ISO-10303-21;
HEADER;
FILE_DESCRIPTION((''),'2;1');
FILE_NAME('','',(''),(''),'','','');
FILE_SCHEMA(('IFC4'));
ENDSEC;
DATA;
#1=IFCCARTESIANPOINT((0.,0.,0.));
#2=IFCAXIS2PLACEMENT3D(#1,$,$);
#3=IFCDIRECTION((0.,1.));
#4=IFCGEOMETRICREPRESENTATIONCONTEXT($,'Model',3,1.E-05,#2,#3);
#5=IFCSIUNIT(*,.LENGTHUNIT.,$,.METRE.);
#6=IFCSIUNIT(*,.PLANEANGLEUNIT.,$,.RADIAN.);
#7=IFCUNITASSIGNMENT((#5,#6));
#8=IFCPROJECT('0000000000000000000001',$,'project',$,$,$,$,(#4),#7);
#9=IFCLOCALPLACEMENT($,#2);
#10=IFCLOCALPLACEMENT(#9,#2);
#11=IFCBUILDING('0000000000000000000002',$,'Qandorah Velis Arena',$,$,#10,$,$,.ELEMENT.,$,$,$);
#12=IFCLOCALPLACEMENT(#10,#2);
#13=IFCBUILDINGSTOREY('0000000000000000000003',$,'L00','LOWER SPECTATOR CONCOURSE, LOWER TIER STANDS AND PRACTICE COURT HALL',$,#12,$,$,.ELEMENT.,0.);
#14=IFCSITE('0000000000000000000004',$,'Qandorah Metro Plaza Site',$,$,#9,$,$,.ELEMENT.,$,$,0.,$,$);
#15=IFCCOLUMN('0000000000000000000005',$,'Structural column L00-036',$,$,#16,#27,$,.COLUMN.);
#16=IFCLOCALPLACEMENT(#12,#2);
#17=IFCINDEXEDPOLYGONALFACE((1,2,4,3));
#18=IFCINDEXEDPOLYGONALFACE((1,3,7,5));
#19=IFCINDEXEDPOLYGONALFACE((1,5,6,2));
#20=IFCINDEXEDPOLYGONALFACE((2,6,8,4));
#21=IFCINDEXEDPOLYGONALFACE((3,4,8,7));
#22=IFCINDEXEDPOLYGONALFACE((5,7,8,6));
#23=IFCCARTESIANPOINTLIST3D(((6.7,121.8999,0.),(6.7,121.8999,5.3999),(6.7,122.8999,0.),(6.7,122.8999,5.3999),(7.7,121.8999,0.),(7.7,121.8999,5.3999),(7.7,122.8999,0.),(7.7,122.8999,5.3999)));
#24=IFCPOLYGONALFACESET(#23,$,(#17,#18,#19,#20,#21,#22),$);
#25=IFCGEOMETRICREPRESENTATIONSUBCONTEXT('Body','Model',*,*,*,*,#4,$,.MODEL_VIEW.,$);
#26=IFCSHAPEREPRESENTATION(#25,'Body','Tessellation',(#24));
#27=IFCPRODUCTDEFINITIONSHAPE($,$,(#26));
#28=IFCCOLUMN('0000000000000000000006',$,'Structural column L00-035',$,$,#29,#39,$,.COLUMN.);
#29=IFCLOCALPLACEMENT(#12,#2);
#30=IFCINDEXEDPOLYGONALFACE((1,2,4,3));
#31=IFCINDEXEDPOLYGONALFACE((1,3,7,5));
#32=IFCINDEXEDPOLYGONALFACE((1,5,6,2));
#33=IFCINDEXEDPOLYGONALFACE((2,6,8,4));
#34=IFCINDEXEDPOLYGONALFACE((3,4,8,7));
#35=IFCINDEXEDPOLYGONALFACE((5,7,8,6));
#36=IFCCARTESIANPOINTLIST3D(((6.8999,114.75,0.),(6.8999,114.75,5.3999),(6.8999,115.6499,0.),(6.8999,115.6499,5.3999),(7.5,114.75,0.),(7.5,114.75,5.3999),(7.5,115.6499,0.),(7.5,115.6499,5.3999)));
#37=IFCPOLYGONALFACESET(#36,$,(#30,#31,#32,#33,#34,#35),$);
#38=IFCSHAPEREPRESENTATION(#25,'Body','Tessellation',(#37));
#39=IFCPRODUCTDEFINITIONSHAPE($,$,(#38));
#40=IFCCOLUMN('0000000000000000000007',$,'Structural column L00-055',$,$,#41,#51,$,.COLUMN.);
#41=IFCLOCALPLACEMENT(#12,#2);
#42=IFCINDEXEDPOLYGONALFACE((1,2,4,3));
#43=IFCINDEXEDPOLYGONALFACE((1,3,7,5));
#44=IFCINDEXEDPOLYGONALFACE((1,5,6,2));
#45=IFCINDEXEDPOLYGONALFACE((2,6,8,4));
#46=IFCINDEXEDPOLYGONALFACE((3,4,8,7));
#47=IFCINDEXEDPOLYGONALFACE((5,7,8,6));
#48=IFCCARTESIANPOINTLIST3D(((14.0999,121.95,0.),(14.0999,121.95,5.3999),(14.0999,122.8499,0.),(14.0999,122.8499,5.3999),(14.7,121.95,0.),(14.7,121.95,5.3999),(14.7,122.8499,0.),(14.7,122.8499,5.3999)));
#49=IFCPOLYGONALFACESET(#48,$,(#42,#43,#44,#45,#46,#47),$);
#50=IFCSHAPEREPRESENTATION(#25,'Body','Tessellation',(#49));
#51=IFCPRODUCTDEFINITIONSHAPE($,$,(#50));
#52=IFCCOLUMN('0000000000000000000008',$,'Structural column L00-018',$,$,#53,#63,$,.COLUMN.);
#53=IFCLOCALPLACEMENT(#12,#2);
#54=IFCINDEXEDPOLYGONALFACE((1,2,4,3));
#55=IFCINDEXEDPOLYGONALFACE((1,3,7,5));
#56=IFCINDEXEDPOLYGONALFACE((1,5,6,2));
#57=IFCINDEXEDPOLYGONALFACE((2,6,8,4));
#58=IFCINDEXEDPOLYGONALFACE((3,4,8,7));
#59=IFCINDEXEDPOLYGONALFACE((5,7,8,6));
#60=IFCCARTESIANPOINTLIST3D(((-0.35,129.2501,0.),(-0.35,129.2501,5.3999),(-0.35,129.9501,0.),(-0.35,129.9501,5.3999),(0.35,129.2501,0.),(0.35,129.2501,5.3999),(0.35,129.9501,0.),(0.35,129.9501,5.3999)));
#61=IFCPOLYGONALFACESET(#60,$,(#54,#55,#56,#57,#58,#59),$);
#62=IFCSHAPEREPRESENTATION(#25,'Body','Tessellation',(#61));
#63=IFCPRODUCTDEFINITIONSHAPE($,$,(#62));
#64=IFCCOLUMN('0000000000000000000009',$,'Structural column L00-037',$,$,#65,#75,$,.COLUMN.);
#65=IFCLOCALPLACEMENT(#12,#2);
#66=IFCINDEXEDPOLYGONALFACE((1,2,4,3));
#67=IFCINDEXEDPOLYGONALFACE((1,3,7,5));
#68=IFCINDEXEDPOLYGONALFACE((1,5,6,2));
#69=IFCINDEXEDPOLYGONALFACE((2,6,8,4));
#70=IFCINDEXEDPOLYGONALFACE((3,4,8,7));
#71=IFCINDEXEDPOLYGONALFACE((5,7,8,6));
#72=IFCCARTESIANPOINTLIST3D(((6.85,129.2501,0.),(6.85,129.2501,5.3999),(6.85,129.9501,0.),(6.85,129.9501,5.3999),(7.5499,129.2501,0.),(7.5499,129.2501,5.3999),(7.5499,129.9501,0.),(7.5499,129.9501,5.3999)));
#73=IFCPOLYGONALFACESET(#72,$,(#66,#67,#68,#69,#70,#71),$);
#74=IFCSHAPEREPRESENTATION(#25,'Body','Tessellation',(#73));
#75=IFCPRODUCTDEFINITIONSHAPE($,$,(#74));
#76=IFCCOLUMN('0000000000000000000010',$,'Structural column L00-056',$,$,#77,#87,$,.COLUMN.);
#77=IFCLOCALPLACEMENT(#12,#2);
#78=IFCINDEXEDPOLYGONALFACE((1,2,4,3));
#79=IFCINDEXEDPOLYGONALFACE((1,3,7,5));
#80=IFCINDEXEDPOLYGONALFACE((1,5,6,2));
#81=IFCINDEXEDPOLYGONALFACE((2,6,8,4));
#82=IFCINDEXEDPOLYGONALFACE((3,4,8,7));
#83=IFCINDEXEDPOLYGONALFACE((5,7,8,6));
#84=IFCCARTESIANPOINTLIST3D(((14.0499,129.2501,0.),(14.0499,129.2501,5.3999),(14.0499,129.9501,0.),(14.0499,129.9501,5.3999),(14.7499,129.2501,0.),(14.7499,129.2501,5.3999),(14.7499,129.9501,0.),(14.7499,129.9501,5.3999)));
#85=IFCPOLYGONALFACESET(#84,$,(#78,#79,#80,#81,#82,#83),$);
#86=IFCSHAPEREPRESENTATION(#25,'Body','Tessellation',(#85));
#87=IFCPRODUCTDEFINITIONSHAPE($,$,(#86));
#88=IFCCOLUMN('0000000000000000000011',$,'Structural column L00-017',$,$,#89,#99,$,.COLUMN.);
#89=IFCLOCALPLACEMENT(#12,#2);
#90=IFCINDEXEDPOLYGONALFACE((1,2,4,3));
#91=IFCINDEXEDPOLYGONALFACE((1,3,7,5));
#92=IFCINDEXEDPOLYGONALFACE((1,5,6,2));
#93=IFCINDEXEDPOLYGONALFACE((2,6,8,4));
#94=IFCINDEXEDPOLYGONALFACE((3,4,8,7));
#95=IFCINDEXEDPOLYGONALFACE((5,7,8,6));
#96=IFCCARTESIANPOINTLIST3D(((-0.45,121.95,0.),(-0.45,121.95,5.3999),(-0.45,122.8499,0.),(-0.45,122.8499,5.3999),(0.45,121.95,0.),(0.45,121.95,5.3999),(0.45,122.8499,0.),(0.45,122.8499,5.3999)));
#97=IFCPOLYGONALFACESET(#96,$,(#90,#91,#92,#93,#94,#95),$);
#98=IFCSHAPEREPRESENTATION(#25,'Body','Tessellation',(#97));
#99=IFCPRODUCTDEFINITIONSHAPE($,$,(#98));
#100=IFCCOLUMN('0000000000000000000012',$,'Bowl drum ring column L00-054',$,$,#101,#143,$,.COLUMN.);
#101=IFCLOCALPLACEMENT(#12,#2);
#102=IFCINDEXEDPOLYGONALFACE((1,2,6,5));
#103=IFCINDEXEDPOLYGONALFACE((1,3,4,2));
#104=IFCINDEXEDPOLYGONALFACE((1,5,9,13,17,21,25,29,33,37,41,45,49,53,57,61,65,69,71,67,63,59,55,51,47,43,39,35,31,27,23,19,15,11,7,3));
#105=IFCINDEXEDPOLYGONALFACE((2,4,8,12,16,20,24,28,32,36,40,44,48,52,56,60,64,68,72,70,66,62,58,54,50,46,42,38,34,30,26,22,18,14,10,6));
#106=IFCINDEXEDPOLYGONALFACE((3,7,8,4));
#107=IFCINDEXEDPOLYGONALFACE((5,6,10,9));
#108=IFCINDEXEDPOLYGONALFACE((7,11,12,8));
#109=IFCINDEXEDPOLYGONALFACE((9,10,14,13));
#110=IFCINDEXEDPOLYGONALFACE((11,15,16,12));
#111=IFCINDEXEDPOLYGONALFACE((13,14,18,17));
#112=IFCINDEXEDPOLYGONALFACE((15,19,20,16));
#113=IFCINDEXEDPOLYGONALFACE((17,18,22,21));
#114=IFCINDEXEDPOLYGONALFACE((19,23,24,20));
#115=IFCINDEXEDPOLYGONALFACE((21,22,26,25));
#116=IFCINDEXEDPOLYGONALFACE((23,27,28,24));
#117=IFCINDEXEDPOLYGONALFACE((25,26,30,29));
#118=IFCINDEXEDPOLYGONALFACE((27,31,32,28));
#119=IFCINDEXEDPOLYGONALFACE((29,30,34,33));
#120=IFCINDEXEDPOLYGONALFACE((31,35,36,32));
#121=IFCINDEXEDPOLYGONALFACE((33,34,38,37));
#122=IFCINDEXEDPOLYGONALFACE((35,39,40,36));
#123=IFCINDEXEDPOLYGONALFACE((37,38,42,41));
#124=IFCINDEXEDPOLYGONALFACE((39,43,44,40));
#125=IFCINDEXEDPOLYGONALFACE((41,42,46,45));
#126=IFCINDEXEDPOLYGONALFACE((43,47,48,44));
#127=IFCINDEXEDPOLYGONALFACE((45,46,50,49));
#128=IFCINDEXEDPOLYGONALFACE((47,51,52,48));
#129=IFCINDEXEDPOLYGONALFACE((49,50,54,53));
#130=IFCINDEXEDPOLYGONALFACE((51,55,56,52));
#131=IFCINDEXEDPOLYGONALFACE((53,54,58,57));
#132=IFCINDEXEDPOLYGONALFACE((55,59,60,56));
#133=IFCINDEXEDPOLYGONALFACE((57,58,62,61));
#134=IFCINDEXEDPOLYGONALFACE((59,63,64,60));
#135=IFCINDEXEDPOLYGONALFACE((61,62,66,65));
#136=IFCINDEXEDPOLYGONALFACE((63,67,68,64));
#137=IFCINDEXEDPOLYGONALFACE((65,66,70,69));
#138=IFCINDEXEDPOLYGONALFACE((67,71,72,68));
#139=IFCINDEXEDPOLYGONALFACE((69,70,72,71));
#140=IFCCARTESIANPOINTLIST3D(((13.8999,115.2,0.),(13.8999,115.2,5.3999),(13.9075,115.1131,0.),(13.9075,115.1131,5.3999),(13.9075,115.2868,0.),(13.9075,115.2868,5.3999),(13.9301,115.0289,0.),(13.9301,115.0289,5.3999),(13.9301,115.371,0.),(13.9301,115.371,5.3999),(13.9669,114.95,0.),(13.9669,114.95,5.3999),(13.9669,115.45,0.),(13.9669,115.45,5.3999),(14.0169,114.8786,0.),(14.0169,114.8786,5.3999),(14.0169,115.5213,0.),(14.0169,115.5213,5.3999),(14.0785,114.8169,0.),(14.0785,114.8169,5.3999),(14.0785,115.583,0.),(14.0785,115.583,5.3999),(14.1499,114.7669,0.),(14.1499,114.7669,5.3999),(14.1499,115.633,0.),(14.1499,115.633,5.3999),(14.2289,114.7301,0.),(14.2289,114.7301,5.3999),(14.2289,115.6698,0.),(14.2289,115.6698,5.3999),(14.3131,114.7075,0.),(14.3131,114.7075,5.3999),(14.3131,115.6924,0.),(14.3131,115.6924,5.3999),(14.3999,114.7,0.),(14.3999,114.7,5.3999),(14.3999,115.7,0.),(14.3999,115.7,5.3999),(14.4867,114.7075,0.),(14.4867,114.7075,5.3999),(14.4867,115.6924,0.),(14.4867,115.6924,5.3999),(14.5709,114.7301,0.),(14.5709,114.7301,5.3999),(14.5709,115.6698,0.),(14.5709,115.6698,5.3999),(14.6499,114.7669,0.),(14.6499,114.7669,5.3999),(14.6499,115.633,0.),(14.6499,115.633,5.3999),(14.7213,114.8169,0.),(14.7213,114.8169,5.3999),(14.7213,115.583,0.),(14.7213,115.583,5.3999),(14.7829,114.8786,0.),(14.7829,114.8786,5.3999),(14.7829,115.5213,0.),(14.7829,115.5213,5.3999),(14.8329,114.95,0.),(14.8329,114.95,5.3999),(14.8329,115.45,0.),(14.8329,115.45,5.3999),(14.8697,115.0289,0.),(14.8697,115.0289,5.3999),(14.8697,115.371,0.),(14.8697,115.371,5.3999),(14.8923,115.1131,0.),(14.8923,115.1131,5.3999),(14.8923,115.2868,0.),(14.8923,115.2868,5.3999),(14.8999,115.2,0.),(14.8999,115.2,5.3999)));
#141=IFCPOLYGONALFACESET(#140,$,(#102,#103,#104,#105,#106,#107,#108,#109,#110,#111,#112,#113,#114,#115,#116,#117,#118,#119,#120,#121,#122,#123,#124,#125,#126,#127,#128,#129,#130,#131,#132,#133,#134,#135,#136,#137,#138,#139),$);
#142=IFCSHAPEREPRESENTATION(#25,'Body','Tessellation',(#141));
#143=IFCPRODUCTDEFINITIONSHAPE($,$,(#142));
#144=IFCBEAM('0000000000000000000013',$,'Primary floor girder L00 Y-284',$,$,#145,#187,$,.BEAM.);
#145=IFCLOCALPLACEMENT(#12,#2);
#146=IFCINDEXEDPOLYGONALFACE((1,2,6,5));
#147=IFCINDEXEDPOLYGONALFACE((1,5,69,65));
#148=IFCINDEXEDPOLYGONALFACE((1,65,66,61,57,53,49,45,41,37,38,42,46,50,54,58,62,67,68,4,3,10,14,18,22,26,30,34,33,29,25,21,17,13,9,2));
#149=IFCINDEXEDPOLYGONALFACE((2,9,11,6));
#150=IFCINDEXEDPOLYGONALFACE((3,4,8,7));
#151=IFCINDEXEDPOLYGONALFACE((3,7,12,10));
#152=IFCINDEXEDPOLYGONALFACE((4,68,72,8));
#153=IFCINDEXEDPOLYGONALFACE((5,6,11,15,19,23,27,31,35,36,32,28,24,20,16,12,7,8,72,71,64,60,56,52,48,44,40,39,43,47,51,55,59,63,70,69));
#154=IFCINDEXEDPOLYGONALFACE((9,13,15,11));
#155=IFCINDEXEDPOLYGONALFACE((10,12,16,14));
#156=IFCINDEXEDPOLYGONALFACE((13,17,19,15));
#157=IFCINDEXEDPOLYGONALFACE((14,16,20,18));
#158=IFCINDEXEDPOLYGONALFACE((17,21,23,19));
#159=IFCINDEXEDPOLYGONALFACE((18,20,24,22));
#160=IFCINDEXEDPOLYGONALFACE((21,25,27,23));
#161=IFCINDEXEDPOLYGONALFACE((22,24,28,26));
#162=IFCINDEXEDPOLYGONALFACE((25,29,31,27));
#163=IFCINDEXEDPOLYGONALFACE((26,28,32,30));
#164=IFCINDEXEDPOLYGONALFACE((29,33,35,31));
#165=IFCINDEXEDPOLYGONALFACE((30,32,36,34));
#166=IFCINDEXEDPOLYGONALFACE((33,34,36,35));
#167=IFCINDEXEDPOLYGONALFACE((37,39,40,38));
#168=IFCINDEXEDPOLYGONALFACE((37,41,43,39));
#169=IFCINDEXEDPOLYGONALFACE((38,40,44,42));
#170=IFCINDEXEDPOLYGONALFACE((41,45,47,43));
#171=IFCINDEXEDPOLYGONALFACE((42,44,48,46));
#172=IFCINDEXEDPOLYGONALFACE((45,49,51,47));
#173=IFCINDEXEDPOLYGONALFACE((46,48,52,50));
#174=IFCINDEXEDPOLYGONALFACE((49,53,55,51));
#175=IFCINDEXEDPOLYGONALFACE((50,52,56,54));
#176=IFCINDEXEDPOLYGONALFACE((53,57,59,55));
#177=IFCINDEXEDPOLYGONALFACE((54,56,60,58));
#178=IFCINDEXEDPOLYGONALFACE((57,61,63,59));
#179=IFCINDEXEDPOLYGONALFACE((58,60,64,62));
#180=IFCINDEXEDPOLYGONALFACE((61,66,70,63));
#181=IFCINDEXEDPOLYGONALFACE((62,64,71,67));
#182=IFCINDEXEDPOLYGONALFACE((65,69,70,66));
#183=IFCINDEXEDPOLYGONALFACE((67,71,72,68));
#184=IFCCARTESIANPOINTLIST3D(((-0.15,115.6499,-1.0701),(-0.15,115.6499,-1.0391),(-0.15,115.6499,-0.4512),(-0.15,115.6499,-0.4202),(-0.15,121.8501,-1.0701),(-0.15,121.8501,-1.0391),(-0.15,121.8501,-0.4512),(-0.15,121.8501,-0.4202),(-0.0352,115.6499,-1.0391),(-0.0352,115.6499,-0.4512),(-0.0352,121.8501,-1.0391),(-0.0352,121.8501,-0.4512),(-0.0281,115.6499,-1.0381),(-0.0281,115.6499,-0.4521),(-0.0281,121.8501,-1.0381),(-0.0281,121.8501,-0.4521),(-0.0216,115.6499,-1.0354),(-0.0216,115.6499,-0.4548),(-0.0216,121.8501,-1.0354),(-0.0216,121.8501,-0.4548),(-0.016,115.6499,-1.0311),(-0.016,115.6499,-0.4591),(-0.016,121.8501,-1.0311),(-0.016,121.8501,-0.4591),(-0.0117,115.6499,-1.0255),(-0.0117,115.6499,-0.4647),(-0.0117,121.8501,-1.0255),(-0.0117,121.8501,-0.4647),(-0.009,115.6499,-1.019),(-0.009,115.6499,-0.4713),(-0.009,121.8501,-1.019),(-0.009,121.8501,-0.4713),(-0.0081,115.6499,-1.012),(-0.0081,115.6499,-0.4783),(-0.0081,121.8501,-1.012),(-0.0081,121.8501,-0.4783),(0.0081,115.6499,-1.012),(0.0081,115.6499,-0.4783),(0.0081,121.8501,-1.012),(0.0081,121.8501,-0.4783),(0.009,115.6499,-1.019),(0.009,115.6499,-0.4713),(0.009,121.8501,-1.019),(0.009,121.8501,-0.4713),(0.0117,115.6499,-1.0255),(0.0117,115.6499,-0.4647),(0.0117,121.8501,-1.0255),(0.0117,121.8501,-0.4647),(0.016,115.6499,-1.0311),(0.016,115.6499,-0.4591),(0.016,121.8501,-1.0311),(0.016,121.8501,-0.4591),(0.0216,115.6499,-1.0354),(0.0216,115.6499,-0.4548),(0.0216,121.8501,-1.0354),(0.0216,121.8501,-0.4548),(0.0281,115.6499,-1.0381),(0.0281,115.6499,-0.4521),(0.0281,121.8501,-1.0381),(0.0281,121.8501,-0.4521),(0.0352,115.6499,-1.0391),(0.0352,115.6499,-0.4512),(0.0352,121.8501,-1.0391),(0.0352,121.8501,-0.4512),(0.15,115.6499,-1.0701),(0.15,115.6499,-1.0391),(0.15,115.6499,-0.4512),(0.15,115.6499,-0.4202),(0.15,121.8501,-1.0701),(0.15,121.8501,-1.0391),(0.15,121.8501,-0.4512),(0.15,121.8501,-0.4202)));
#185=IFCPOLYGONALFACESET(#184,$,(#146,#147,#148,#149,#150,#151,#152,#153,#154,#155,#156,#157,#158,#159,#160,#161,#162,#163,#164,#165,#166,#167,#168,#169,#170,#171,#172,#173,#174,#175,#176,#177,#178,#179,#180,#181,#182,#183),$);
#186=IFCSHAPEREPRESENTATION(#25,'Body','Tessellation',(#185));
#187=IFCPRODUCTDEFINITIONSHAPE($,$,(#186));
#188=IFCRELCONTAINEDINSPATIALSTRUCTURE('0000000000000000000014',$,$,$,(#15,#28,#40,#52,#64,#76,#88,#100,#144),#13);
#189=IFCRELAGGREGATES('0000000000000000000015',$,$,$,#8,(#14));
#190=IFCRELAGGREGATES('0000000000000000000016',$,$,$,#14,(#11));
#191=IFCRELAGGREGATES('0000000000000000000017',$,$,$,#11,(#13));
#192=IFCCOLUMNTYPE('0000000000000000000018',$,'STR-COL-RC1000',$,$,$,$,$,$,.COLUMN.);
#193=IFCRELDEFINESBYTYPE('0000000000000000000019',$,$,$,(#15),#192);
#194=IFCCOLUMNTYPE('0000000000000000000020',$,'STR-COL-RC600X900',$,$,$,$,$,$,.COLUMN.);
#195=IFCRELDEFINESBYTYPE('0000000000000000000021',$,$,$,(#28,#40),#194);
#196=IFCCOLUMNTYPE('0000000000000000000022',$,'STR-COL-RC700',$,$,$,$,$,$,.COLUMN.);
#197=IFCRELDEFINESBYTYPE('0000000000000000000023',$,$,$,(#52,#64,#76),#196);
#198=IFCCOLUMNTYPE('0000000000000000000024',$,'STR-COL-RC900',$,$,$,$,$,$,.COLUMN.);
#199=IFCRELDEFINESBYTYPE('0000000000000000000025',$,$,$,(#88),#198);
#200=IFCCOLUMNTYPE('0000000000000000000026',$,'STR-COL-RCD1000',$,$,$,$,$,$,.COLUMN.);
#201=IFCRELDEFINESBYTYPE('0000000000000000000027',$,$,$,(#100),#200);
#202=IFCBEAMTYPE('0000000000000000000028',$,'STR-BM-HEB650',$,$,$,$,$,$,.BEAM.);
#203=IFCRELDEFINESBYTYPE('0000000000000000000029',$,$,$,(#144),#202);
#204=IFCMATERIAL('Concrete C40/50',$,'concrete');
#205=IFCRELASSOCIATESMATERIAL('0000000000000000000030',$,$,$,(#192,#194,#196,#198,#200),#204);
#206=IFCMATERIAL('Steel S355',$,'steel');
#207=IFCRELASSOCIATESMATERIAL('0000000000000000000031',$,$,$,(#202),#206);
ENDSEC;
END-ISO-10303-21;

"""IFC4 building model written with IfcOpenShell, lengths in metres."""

from ifc_helpers import new_model, si_unit, direction, frame, origin, origin_2d, place, context, subcontext, project, spatial, rectangle, circle, i_section, extrude, material, material_profile, profile_set, type_object, element, save


model = new_model("IFC4")

# Units and contexts
model_context = context("Model", 3, precision=1e-05, world=origin(), true_north=direction((0.0, 1.0)))
body_context = subcontext(model_context, "Body", "Model", "MODEL_VIEW")
ifc_project = project(units=[si_unit("LENGTHUNIT", "METRE"), si_unit("PLANEANGLEUNIT", "RADIAN")], contexts=[model_context])

# Site, building, storey
site_placement = place(None, origin())
site = spatial("IfcSite", under=ifc_project, at=site_placement, Name="Qandorah Metro Plaza Site", CompositionType="ELEMENT", RefElevation=0.0)
building_placement = place(site_placement, origin())
building = spatial("IfcBuilding", under=site, at=building_placement, Name="Qandorah Velis Arena", CompositionType="ELEMENT")
storey_placement = place(building_placement, origin())
storey = spatial("IfcBuildingStorey", under=building, at=storey_placement, Name="L00", Description="LOWER SPECTATOR CONCOURSE, LOWER TIER STANDS AND PRACTICE COURT HALL", CompositionType="ELEMENT", Elevation=0.0)

# Columns
ifc_material_1 = material(Name="Concrete C40/50", Category="concrete")
ifc_material_profile_1 = material_profile(ifc_material_1, rectangle(XDim=1.0, YDim=1.0, at=origin_2d()), Name="RC COL 1000x1000")
ifc_profile_set_1 = profile_set([ifc_material_profile_1], Name="Concrete C40/50")
column_type_1 = type_object("IfcColumnType", Name="STR-COL-RC1000", PredefinedType="COLUMN", material=ifc_profile_set_1)
column_1_placement = place(storey_placement, frame((7.2, 122.3999, 0.0), z_axis=(0.0, 0.0, 1.0), x_axis=(1.0, 0.0, 0.0)))
element("IfcColumn", 1, at=column_1_placement, inside=storey, type_object=column_type_1, Name="Structural column L00-036", PredefinedType="COLUMN", context=body_context, shape_type="SweptSolid", body=[
    extrude(rectangle(XDim=1.0, YDim=1.0, at=origin_2d()), origin(), (0.0, 0.0, 1.0), 5.3999),
])
ifc_material_profile_2 = material_profile(ifc_material_1, rectangle(XDim=0.6001, YDim=0.8999, at=origin_2d()), Name="RC COL 600x900")
ifc_profile_set_2 = profile_set([ifc_material_profile_2], Name="Concrete C40/50")
column_type_2 = type_object("IfcColumnType", Name="STR-COL-RC600X900", PredefinedType="COLUMN", material=ifc_profile_set_2)
for number, where, z_axis, x_axis, name in (
    (2, (7.2, 115.2, 0.0), (0.0, 0.0, 1.0), (1.0, 0.0, 0.0), "Structural column L00-035"),
    (3, (14.3999, 122.3999, 0.0), (0.0, 0.0, 1.0), (1.0, 0.0, 0.0), "Structural column L00-055"),
):
    element("IfcColumn", number, at=place(storey_placement, frame(where, z_axis=z_axis, x_axis=x_axis)), inside=storey, type_object=column_type_2, Name=name, PredefinedType="COLUMN", context=body_context, shape_type="SweptSolid", body=[
        extrude(rectangle(XDim=0.6001, YDim=0.8999, at=origin_2d()), origin(), (0.0, 0.0, 1.0), 5.3999),
    ])
ifc_material_profile_3 = material_profile(ifc_material_1, rectangle(XDim=0.7, YDim=0.7, at=origin_2d()), Name="RC COL 700x700")
ifc_profile_set_3 = profile_set([ifc_material_profile_3], Name="Concrete C40/50")
column_type_3 = type_object("IfcColumnType", Name="STR-COL-RC700", PredefinedType="COLUMN", material=ifc_profile_set_3)
for number, where, z_axis, x_axis, name in (
    (4, (0.0, 129.6001, 0.0), (0.0, 0.0, 1.0), (1.0, 0.0, 0.0), "Structural column L00-018"),
    (5, (7.2, 129.6001, 0.0), (0.0, 0.0, 1.0), (1.0, 0.0, 0.0), "Structural column L00-037"),
    (6, (14.3999, 129.6001, 0.0), (0.0, 0.0, 1.0), (1.0, 0.0, 0.0), "Structural column L00-056"),
):
    element("IfcColumn", number, at=place(storey_placement, frame(where, z_axis=z_axis, x_axis=x_axis)), inside=storey, type_object=column_type_3, Name=name, PredefinedType="COLUMN", context=body_context, shape_type="SweptSolid", body=[
        extrude(rectangle(XDim=0.7, YDim=0.7, at=origin_2d()), origin(), (0.0, 0.0, 1.0), 5.3999),
    ])
ifc_material_profile_4 = material_profile(ifc_material_1, rectangle(XDim=0.8999, YDim=0.8999, at=origin_2d()), Name="RC COL 900x900")
ifc_profile_set_4 = profile_set([ifc_material_profile_4], Name="Concrete C40/50")
column_type_4 = type_object("IfcColumnType", Name="STR-COL-RC900", PredefinedType="COLUMN", material=ifc_profile_set_4)
column_2_placement = place(storey_placement, frame((0.0, 122.3999, 0.0), z_axis=(0.0, 0.0, 1.0), x_axis=(1.0, 0.0, 0.0)))
element("IfcColumn", 7, at=column_2_placement, inside=storey, type_object=column_type_4, Name="Structural column L00-017", PredefinedType="COLUMN", context=body_context, shape_type="SweptSolid", body=[
    extrude(rectangle(XDim=0.8999, YDim=0.8999, at=origin_2d()), origin(), (0.0, 0.0, 1.0), 5.3999),
])
ifc_material_profile_5 = material_profile(ifc_material_1, circle(Radius=0.5, at=origin_2d()), Name="RC D1000")
ifc_profile_set_5 = profile_set([ifc_material_profile_5], Name="Concrete C40/50")
column_type_5 = type_object("IfcColumnType", Name="STR-COL-RCD1000", PredefinedType="COLUMN", material=ifc_profile_set_5)
column_3_placement = place(storey_placement, frame((14.3999, 115.2, 0.0), z_axis=(0.0, 0.0, 1.0), x_axis=(1.0, 0.0, 0.0)))
element("IfcColumn", 8, at=column_3_placement, inside=storey, type_object=column_type_5, Name="Bowl drum ring column L00-054", PredefinedType="COLUMN", context=body_context, shape_type="SweptSolid", body=[
    extrude(circle(Radius=0.5, at=origin_2d()), origin(), (0.0, 0.0, 1.0), 5.3999),
])

# Beam
ifc_material_2 = material(Name="Steel S355", Category="steel")
ifc_material_profile_6 = material_profile(ifc_material_2, i_section(OverallWidth=0.3, OverallDepth=0.6499, WebThickness=0.0161, FlangeThickness=0.031, FilletRadius=0.0271, at=origin_2d()), Name="HEB 650")
ifc_profile_set_6 = profile_set([ifc_material_profile_6], Name="Steel S355")
beam_type_1 = type_object("IfcBeamType", Name="STR-BM-HEB650", PredefinedType="BEAM", material=ifc_profile_set_6)
beam_1_placement = place(storey_placement, frame((0.0, 115.6499, -0.7451), z_axis=(0.0, 1.0, 0.0), x_axis=(-1.0, 0.0, 0.0)))
element("IfcBeam", 9, at=beam_1_placement, inside=storey, type_object=beam_type_1, Name="Primary floor girder L00 Y-284", PredefinedType="BEAM", context=body_context, shape_type="SweptSolid", body=[
    extrude(i_section(OverallWidth=0.3, OverallDepth=0.6499, WebThickness=0.0161, FlangeThickness=0.031, FilletRadius=0.0271, at=origin_2d()), origin(), (0.0, 0.0, 1.0), 6.2002),
])

save(model, "model.ifc")
